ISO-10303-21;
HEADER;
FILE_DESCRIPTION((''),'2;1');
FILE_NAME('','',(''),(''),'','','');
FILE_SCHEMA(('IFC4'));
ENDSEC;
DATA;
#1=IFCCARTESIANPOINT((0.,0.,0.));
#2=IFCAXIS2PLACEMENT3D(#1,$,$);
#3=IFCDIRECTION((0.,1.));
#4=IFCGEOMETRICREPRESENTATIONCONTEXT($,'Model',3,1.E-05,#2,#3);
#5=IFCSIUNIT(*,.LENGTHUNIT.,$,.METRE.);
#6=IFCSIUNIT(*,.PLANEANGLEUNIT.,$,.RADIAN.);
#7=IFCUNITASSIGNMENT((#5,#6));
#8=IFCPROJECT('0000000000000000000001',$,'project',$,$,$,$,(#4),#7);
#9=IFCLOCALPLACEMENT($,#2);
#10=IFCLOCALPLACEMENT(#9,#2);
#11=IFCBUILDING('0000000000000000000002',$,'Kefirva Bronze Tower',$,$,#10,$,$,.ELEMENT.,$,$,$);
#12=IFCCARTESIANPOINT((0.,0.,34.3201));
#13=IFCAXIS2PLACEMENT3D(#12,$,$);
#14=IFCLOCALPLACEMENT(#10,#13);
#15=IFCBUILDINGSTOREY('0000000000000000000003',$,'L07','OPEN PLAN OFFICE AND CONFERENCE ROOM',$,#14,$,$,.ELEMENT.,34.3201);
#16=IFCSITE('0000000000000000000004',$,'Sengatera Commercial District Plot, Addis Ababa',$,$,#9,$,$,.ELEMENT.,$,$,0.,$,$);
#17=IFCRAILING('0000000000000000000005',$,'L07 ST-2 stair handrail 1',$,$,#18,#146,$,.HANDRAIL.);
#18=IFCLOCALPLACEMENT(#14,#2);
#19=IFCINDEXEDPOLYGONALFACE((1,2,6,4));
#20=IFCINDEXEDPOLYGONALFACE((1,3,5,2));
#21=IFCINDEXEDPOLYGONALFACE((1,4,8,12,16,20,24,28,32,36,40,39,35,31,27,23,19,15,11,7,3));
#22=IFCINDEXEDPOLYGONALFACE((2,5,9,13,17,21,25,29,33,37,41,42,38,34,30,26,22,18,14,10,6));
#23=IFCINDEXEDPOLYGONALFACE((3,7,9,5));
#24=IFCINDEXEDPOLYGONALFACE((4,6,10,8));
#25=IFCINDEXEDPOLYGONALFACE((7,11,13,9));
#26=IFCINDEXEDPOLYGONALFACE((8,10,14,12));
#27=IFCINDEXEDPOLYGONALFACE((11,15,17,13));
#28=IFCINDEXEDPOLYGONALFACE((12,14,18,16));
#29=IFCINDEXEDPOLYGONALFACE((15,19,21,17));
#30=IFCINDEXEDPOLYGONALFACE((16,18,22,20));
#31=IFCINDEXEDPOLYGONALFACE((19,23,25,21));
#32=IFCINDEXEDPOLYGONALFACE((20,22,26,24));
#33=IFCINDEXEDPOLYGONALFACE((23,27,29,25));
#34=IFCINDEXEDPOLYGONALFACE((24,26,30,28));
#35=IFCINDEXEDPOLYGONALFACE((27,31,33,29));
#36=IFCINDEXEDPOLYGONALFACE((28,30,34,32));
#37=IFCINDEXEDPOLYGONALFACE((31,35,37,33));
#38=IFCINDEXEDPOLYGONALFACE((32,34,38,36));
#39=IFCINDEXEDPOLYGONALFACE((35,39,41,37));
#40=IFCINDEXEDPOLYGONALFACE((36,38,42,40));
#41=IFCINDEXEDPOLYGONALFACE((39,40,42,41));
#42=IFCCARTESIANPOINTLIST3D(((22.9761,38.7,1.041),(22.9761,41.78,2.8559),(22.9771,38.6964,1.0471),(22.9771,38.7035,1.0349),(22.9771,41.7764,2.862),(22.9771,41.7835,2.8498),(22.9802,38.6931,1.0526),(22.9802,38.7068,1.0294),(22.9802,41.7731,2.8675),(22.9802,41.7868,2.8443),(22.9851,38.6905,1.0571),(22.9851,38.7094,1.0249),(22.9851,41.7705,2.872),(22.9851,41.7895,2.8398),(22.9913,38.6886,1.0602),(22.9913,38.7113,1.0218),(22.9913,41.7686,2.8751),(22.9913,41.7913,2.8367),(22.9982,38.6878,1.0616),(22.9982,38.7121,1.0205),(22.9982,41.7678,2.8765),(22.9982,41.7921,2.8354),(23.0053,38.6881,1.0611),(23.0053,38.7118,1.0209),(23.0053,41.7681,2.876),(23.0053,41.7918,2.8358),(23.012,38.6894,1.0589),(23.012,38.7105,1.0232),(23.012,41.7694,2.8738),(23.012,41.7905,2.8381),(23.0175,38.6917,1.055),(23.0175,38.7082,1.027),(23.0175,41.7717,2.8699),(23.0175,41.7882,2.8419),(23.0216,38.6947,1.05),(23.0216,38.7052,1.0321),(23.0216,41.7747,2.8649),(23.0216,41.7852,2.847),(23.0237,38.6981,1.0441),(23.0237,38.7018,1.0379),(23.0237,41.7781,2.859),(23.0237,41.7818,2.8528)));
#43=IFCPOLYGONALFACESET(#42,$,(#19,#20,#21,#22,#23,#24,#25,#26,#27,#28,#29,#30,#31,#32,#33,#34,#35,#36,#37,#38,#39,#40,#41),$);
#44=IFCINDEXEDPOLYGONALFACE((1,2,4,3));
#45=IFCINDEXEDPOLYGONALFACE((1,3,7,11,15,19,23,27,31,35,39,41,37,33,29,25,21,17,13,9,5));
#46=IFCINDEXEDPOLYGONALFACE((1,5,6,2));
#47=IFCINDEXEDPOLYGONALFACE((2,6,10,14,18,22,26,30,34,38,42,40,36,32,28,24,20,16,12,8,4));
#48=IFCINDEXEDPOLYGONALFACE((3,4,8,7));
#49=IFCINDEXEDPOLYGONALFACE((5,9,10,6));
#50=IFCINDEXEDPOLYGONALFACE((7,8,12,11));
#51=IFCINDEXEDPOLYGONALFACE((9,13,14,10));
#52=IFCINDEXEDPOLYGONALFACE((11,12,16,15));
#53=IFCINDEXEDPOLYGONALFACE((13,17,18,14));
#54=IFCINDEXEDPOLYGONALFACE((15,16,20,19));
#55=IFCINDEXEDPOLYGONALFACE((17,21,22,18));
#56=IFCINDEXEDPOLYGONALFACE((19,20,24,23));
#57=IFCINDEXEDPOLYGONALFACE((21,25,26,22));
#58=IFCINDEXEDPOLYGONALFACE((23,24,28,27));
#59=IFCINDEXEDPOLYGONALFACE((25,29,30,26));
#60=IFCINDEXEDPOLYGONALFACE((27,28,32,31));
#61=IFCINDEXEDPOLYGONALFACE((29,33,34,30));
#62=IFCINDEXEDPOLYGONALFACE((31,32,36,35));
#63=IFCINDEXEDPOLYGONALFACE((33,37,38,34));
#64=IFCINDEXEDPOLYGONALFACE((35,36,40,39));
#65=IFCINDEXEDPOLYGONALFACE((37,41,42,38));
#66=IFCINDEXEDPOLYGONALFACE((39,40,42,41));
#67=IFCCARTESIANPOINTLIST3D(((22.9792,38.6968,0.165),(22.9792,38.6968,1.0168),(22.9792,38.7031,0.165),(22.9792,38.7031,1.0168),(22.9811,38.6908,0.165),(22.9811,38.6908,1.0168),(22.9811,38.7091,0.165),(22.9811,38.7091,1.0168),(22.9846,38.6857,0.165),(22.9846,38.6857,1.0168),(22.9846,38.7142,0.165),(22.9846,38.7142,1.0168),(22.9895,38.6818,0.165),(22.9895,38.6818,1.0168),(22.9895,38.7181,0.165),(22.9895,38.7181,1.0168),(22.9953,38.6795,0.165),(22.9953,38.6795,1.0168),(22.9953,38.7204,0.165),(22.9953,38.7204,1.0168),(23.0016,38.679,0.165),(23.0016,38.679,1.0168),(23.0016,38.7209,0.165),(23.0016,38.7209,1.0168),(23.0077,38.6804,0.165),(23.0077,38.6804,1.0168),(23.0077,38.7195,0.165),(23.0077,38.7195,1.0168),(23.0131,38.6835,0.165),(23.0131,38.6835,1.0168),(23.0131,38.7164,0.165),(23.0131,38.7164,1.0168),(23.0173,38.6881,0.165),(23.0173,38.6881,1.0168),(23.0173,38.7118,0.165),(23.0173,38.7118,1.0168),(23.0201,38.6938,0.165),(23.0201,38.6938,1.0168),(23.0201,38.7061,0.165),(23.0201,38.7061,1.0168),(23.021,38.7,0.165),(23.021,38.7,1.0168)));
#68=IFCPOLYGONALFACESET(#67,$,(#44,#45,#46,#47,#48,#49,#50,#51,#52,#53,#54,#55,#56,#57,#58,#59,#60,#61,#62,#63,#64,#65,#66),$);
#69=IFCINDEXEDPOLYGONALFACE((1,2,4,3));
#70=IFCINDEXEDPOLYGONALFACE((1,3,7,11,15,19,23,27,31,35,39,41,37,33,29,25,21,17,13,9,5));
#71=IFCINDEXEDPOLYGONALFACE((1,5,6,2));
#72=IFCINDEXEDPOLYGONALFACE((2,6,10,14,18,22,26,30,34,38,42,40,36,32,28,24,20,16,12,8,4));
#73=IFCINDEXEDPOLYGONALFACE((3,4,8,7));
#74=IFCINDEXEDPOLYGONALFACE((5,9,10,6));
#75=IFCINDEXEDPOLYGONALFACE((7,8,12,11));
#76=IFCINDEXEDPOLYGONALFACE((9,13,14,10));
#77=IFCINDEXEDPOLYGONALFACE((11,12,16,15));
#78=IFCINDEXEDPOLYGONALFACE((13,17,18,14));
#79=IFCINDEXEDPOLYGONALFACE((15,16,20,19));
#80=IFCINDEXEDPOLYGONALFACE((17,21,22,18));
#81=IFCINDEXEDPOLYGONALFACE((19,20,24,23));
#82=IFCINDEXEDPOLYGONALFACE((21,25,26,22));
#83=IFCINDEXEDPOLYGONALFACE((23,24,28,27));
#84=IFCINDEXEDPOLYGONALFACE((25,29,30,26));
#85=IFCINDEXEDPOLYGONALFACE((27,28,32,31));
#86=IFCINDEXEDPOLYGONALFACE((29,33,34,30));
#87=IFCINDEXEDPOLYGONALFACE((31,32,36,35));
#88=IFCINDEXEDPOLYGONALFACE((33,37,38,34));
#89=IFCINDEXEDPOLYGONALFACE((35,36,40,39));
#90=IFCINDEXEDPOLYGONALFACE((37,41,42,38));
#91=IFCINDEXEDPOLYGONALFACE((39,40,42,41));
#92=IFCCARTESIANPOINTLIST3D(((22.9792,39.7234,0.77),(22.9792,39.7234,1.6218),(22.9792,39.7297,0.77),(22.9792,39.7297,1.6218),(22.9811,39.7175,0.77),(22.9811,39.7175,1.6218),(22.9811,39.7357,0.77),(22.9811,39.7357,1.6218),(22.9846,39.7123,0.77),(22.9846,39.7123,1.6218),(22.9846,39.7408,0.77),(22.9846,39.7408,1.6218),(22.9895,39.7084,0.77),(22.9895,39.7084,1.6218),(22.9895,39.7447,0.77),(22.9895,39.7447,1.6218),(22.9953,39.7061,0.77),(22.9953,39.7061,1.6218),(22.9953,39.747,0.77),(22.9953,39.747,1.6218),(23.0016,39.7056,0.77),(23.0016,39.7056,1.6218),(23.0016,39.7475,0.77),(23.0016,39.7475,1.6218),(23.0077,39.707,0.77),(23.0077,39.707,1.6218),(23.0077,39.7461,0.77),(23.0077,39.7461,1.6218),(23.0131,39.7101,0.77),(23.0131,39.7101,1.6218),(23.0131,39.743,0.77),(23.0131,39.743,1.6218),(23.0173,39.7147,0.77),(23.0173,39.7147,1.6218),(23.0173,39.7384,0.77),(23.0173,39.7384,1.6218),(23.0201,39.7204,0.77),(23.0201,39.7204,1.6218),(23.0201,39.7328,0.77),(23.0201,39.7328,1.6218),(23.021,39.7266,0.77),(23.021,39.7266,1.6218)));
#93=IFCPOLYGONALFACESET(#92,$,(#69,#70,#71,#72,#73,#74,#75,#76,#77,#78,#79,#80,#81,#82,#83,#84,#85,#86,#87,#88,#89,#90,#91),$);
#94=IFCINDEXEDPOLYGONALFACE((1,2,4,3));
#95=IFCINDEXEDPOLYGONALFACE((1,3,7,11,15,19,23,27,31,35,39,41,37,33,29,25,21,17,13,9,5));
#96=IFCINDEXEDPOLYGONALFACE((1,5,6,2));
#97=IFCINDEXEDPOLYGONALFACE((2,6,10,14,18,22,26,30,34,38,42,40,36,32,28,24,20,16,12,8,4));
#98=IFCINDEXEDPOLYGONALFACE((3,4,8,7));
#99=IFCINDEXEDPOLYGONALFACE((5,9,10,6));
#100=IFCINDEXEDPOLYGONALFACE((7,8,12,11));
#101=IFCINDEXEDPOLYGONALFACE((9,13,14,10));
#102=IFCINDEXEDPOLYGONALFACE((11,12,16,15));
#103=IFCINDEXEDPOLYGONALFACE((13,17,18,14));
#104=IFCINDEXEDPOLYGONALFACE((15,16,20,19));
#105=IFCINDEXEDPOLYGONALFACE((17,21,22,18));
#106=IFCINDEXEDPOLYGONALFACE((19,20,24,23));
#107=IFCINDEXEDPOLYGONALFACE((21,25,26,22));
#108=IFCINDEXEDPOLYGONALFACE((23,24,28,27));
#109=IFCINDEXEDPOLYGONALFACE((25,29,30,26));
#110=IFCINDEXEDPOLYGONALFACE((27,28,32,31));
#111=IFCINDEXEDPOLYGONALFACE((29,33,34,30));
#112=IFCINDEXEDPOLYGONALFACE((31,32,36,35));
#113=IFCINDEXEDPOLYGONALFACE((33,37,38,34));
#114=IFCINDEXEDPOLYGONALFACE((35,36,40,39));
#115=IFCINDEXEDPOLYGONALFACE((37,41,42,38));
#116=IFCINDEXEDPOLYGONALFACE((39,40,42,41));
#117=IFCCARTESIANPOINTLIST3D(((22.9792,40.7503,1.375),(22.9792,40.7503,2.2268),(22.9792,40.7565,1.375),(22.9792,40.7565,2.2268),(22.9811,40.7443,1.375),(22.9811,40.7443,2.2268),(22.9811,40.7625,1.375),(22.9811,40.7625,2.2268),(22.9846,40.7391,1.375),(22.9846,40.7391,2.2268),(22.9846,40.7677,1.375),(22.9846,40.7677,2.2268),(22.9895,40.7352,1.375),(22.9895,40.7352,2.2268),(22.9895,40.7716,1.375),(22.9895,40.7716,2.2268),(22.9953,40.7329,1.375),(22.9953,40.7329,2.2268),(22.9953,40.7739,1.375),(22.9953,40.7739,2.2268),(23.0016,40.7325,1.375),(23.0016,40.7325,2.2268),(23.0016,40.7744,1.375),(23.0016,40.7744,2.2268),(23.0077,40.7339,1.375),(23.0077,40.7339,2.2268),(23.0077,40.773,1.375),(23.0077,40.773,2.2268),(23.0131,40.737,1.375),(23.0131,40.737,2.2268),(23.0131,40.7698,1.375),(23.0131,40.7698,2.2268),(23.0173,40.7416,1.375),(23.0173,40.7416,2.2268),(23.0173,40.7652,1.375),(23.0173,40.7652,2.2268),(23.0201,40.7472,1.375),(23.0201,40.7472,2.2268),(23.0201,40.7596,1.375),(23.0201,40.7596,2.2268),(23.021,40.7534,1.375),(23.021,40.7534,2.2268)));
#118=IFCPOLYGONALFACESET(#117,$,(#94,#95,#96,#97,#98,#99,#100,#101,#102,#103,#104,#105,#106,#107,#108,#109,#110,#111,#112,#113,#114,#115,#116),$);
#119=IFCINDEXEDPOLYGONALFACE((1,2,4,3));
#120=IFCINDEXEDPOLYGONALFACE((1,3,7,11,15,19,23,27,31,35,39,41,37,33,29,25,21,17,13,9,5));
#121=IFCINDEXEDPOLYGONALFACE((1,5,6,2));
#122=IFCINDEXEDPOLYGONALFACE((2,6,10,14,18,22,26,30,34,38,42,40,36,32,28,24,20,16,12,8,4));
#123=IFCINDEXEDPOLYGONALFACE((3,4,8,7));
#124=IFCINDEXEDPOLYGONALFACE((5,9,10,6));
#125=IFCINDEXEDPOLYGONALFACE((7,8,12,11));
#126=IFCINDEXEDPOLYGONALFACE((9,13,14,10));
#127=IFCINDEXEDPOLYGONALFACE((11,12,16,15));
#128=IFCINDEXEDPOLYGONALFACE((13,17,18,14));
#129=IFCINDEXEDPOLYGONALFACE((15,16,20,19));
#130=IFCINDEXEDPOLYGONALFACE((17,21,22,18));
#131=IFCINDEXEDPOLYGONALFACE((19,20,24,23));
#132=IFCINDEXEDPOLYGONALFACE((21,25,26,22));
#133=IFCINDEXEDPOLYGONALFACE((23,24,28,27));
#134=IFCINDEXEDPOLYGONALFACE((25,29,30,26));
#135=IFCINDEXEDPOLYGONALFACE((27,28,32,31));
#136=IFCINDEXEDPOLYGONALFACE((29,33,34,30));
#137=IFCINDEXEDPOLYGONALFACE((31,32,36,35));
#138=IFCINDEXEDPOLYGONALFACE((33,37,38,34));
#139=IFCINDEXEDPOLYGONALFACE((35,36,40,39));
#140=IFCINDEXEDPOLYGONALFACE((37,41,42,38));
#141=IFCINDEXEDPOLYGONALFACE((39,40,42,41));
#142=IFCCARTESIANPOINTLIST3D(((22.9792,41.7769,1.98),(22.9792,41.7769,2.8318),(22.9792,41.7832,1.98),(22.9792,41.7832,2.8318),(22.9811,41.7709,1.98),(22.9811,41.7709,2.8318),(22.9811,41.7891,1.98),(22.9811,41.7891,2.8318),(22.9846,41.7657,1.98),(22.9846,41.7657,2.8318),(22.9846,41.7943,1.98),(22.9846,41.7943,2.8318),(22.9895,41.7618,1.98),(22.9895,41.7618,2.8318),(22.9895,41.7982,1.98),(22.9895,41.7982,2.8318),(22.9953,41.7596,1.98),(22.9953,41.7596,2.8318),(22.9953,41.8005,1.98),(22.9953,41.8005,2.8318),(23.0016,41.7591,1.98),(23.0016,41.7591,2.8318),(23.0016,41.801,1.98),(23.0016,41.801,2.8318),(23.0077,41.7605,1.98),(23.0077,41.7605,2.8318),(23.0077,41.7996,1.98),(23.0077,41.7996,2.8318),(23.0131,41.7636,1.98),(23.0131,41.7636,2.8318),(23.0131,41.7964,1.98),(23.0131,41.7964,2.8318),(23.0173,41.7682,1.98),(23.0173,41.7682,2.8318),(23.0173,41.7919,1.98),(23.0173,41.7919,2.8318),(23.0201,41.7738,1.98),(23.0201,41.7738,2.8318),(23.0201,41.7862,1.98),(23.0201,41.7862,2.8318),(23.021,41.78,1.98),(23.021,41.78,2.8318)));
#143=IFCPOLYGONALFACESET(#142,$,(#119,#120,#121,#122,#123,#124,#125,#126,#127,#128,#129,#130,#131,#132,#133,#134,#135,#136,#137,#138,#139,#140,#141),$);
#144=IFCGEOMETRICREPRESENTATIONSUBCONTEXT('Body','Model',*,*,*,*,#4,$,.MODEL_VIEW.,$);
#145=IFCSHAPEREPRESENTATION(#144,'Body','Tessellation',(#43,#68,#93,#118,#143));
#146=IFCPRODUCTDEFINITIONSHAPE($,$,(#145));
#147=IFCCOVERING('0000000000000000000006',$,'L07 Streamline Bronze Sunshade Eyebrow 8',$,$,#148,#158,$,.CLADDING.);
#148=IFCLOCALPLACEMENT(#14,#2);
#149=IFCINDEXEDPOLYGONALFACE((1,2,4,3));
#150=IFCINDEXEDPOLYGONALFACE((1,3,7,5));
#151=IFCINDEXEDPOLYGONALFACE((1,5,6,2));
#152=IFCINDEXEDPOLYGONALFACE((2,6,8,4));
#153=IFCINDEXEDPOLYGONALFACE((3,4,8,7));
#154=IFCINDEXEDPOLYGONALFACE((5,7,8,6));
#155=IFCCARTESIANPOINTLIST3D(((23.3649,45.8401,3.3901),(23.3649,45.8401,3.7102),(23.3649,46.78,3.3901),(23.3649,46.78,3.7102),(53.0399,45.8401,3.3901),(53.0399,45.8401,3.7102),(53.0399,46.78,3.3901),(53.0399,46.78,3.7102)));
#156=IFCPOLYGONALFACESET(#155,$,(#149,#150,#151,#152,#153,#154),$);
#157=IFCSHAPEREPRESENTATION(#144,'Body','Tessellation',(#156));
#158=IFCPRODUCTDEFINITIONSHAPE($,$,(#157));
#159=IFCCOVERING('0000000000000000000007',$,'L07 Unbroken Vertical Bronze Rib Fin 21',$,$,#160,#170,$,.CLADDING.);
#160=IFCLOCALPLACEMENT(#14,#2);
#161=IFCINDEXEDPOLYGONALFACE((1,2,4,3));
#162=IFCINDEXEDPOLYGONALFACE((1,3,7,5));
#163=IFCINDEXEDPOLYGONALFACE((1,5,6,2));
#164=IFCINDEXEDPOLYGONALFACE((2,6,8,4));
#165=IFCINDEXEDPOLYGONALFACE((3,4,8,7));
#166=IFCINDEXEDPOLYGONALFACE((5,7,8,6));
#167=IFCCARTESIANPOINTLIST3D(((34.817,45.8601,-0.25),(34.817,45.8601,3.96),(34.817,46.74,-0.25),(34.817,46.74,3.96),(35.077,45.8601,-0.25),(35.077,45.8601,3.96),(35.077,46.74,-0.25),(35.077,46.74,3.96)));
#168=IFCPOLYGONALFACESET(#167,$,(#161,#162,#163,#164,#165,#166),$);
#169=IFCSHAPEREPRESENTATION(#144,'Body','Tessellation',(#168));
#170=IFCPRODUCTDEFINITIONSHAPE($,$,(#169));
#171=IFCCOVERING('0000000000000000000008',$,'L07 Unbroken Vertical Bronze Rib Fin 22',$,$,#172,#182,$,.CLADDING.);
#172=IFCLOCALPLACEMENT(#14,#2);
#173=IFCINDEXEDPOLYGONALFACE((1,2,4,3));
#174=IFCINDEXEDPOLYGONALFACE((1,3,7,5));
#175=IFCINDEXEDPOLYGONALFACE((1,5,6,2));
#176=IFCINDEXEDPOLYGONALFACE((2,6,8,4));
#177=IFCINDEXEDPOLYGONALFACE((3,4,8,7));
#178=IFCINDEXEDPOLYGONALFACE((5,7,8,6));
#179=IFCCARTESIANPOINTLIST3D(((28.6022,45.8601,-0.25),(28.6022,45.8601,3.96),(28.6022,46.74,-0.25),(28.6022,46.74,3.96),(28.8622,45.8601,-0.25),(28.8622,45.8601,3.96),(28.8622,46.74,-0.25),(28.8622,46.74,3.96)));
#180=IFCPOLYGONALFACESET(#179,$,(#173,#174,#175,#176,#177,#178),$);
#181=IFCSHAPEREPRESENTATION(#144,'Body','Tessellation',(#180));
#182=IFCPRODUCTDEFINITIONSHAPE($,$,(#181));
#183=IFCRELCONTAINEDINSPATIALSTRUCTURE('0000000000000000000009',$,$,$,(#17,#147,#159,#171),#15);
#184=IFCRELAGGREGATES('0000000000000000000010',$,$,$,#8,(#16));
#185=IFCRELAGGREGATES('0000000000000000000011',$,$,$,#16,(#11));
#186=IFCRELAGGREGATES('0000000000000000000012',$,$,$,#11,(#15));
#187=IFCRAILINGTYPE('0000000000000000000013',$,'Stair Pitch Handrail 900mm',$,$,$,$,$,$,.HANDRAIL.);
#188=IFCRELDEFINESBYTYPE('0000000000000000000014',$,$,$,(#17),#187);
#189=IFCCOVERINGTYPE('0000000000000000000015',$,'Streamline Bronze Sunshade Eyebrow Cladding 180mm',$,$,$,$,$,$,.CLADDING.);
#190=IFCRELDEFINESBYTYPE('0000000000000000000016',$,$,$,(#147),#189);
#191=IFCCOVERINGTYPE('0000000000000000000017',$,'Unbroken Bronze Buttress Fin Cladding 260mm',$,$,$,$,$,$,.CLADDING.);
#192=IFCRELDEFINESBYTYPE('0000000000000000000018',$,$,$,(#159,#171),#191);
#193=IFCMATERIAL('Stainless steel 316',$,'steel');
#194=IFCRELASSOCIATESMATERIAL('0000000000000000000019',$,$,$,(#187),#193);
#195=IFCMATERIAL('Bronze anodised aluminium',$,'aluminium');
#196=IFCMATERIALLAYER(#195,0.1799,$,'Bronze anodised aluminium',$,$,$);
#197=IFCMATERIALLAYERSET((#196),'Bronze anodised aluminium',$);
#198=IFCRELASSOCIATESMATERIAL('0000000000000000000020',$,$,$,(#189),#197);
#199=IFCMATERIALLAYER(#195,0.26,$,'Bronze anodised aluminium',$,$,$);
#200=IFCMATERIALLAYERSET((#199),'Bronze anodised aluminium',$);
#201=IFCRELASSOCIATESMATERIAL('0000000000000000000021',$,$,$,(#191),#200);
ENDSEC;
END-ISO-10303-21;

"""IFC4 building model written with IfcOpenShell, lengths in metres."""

from ifc_helpers import new_model, si_unit, direction, frame, origin, origin_2d, place, context, subcontext, project, spatial, rectangle, circle, extrude, material, layer, layer_set, type_object, element, save


model = new_model("IFC4")

# Units and contexts
model_context = context("Model", 3, precision=1e-05, world=origin(), true_north=direction((0.0, 1.0)))
body_context = subcontext(model_context, "Body", "Model", "MODEL_VIEW")
ifc_project = project(units=[si_unit("LENGTHUNIT", "METRE"), si_unit("PLANEANGLEUNIT", "RADIAN")], contexts=[model_context])

# Site, building, storey
site_placement = place(None, origin())
site = spatial("IfcSite", under=ifc_project, at=site_placement, Name="Sengatera Commercial District Plot, Addis Ababa", CompositionType="ELEMENT", RefElevation=0.0)
building_placement = place(site_placement, origin())
building = spatial("IfcBuilding", under=site, at=building_placement, Name="Kefirva Bronze Tower", CompositionType="ELEMENT")
storey_placement = place(building_placement, frame((0.0, 0.0, 34.3201)))
storey = spatial("IfcBuildingStorey", under=building, at=storey_placement, Name="L07", Description="OPEN PLAN OFFICE AND CONFERENCE ROOM", CompositionType="ELEMENT", Elevation=34.3201)

# Shared definitions
ifc_material_1 = material(Name="Bronze anodised aluminium", Category="aluminium")

# Railing
ifc_material_2 = material(Name="Stainless steel 316", Category="steel")
railing_type_1 = type_object("IfcRailingType", Name="Stair Pitch Handrail 900mm", PredefinedType="HANDRAIL", material=ifc_material_2)
railing_1_placement = place(storey_placement, frame((23.0, 38.7, 0.165)))
element("IfcRailing", 1, at=railing_1_placement, inside=storey, type_object=railing_type_1, Name="L07 ST-2 stair handrail 1", PredefinedType="HANDRAIL", context=body_context, shape_type="SweptSolid", body=[
    extrude(circle(Radius=0.0239, at=origin_2d()), frame((0.0, 0.0, 0.876), z_axis=(0.0, 0.861551, 0.507671), x_axis=(-1.0, 0.0, 0.0)), (0.0, 0.0, 1.0), 3.575),
    extrude(circle(Radius=0.021, at=origin_2d()), origin(), (0.0, 0.0, 1.0), 0.8518),
    extrude(circle(Radius=0.021, at=origin_2d()), frame((0.0, 1.0266, 0.605)), (0.0, 0.0, 1.0), 0.8518),
    extrude(circle(Radius=0.021, at=origin_2d()), frame((0.0, 2.0535, 1.21)), (0.0, 0.0, 1.0), 0.8518),
    extrude(circle(Radius=0.021, at=origin_2d()), frame((0.0, 3.0801, 1.8149)), (0.0, 0.0, 1.0), 0.8518),
])

# Coverings
ifc_layer_1 = layer(ifc_material_1, 0.1799, Name="Bronze anodised aluminium")
ifc_layer_set_1 = layer_set([ifc_layer_1], Name="Bronze anodised aluminium")
covering_type_1 = type_object("IfcCoveringType", Name="Streamline Bronze Sunshade Eyebrow Cladding 180mm", PredefinedType="CLADDING", material=ifc_layer_set_1)
covering_1_placement = place(storey_placement, frame((38.2024, 46.3101, 3.3901), z_axis=(0.0, 0.0, 1.0), x_axis=(-1.0, 0.0, 0.0)))
element("IfcCovering", 2, at=covering_1_placement, inside=storey, type_object=covering_type_1, Name="L07 Streamline Bronze Sunshade Eyebrow 8", PredefinedType="CLADDING", context=body_context, shape_type="SweptSolid", body=[
    extrude(rectangle(XDim=29.675, YDim=0.9399, at=origin_2d()), origin(), (0.0, 0.0, 1.0), 0.3201),
])
ifc_layer_2 = layer(ifc_material_1, 0.26, Name="Bronze anodised aluminium")
ifc_layer_set_2 = layer_set([ifc_layer_2], Name="Bronze anodised aluminium")
covering_type_2 = type_object("IfcCoveringType", Name="Unbroken Bronze Buttress Fin Cladding 260mm", PredefinedType="CLADDING", material=ifc_layer_set_2)
for number, where, z_axis, x_axis, name in (
    (3, (34.947, 46.3, -0.25), (0.0, 0.0, 1.0), (-1.0, 0.0, 0.0), "L07 Unbroken Vertical Bronze Rib Fin 21"),
    (4, (28.7322, 46.3, -0.25), (0.0, 0.0, 1.0), (-1.0, 0.0, 0.0), "L07 Unbroken Vertical Bronze Rib Fin 22"),
):
    element("IfcCovering", number, at=place(storey_placement, frame(where, z_axis=z_axis, x_axis=x_axis)), inside=storey, type_object=covering_type_2, Name=name, PredefinedType="CLADDING", context=body_context, shape_type="SweptSolid", body=[
        extrude(rectangle(XDim=0.26, YDim=0.8799, at=origin_2d()), origin(), (0.0, 0.0, 1.0), 4.21),
    ])

save(model, "model.ifc")
